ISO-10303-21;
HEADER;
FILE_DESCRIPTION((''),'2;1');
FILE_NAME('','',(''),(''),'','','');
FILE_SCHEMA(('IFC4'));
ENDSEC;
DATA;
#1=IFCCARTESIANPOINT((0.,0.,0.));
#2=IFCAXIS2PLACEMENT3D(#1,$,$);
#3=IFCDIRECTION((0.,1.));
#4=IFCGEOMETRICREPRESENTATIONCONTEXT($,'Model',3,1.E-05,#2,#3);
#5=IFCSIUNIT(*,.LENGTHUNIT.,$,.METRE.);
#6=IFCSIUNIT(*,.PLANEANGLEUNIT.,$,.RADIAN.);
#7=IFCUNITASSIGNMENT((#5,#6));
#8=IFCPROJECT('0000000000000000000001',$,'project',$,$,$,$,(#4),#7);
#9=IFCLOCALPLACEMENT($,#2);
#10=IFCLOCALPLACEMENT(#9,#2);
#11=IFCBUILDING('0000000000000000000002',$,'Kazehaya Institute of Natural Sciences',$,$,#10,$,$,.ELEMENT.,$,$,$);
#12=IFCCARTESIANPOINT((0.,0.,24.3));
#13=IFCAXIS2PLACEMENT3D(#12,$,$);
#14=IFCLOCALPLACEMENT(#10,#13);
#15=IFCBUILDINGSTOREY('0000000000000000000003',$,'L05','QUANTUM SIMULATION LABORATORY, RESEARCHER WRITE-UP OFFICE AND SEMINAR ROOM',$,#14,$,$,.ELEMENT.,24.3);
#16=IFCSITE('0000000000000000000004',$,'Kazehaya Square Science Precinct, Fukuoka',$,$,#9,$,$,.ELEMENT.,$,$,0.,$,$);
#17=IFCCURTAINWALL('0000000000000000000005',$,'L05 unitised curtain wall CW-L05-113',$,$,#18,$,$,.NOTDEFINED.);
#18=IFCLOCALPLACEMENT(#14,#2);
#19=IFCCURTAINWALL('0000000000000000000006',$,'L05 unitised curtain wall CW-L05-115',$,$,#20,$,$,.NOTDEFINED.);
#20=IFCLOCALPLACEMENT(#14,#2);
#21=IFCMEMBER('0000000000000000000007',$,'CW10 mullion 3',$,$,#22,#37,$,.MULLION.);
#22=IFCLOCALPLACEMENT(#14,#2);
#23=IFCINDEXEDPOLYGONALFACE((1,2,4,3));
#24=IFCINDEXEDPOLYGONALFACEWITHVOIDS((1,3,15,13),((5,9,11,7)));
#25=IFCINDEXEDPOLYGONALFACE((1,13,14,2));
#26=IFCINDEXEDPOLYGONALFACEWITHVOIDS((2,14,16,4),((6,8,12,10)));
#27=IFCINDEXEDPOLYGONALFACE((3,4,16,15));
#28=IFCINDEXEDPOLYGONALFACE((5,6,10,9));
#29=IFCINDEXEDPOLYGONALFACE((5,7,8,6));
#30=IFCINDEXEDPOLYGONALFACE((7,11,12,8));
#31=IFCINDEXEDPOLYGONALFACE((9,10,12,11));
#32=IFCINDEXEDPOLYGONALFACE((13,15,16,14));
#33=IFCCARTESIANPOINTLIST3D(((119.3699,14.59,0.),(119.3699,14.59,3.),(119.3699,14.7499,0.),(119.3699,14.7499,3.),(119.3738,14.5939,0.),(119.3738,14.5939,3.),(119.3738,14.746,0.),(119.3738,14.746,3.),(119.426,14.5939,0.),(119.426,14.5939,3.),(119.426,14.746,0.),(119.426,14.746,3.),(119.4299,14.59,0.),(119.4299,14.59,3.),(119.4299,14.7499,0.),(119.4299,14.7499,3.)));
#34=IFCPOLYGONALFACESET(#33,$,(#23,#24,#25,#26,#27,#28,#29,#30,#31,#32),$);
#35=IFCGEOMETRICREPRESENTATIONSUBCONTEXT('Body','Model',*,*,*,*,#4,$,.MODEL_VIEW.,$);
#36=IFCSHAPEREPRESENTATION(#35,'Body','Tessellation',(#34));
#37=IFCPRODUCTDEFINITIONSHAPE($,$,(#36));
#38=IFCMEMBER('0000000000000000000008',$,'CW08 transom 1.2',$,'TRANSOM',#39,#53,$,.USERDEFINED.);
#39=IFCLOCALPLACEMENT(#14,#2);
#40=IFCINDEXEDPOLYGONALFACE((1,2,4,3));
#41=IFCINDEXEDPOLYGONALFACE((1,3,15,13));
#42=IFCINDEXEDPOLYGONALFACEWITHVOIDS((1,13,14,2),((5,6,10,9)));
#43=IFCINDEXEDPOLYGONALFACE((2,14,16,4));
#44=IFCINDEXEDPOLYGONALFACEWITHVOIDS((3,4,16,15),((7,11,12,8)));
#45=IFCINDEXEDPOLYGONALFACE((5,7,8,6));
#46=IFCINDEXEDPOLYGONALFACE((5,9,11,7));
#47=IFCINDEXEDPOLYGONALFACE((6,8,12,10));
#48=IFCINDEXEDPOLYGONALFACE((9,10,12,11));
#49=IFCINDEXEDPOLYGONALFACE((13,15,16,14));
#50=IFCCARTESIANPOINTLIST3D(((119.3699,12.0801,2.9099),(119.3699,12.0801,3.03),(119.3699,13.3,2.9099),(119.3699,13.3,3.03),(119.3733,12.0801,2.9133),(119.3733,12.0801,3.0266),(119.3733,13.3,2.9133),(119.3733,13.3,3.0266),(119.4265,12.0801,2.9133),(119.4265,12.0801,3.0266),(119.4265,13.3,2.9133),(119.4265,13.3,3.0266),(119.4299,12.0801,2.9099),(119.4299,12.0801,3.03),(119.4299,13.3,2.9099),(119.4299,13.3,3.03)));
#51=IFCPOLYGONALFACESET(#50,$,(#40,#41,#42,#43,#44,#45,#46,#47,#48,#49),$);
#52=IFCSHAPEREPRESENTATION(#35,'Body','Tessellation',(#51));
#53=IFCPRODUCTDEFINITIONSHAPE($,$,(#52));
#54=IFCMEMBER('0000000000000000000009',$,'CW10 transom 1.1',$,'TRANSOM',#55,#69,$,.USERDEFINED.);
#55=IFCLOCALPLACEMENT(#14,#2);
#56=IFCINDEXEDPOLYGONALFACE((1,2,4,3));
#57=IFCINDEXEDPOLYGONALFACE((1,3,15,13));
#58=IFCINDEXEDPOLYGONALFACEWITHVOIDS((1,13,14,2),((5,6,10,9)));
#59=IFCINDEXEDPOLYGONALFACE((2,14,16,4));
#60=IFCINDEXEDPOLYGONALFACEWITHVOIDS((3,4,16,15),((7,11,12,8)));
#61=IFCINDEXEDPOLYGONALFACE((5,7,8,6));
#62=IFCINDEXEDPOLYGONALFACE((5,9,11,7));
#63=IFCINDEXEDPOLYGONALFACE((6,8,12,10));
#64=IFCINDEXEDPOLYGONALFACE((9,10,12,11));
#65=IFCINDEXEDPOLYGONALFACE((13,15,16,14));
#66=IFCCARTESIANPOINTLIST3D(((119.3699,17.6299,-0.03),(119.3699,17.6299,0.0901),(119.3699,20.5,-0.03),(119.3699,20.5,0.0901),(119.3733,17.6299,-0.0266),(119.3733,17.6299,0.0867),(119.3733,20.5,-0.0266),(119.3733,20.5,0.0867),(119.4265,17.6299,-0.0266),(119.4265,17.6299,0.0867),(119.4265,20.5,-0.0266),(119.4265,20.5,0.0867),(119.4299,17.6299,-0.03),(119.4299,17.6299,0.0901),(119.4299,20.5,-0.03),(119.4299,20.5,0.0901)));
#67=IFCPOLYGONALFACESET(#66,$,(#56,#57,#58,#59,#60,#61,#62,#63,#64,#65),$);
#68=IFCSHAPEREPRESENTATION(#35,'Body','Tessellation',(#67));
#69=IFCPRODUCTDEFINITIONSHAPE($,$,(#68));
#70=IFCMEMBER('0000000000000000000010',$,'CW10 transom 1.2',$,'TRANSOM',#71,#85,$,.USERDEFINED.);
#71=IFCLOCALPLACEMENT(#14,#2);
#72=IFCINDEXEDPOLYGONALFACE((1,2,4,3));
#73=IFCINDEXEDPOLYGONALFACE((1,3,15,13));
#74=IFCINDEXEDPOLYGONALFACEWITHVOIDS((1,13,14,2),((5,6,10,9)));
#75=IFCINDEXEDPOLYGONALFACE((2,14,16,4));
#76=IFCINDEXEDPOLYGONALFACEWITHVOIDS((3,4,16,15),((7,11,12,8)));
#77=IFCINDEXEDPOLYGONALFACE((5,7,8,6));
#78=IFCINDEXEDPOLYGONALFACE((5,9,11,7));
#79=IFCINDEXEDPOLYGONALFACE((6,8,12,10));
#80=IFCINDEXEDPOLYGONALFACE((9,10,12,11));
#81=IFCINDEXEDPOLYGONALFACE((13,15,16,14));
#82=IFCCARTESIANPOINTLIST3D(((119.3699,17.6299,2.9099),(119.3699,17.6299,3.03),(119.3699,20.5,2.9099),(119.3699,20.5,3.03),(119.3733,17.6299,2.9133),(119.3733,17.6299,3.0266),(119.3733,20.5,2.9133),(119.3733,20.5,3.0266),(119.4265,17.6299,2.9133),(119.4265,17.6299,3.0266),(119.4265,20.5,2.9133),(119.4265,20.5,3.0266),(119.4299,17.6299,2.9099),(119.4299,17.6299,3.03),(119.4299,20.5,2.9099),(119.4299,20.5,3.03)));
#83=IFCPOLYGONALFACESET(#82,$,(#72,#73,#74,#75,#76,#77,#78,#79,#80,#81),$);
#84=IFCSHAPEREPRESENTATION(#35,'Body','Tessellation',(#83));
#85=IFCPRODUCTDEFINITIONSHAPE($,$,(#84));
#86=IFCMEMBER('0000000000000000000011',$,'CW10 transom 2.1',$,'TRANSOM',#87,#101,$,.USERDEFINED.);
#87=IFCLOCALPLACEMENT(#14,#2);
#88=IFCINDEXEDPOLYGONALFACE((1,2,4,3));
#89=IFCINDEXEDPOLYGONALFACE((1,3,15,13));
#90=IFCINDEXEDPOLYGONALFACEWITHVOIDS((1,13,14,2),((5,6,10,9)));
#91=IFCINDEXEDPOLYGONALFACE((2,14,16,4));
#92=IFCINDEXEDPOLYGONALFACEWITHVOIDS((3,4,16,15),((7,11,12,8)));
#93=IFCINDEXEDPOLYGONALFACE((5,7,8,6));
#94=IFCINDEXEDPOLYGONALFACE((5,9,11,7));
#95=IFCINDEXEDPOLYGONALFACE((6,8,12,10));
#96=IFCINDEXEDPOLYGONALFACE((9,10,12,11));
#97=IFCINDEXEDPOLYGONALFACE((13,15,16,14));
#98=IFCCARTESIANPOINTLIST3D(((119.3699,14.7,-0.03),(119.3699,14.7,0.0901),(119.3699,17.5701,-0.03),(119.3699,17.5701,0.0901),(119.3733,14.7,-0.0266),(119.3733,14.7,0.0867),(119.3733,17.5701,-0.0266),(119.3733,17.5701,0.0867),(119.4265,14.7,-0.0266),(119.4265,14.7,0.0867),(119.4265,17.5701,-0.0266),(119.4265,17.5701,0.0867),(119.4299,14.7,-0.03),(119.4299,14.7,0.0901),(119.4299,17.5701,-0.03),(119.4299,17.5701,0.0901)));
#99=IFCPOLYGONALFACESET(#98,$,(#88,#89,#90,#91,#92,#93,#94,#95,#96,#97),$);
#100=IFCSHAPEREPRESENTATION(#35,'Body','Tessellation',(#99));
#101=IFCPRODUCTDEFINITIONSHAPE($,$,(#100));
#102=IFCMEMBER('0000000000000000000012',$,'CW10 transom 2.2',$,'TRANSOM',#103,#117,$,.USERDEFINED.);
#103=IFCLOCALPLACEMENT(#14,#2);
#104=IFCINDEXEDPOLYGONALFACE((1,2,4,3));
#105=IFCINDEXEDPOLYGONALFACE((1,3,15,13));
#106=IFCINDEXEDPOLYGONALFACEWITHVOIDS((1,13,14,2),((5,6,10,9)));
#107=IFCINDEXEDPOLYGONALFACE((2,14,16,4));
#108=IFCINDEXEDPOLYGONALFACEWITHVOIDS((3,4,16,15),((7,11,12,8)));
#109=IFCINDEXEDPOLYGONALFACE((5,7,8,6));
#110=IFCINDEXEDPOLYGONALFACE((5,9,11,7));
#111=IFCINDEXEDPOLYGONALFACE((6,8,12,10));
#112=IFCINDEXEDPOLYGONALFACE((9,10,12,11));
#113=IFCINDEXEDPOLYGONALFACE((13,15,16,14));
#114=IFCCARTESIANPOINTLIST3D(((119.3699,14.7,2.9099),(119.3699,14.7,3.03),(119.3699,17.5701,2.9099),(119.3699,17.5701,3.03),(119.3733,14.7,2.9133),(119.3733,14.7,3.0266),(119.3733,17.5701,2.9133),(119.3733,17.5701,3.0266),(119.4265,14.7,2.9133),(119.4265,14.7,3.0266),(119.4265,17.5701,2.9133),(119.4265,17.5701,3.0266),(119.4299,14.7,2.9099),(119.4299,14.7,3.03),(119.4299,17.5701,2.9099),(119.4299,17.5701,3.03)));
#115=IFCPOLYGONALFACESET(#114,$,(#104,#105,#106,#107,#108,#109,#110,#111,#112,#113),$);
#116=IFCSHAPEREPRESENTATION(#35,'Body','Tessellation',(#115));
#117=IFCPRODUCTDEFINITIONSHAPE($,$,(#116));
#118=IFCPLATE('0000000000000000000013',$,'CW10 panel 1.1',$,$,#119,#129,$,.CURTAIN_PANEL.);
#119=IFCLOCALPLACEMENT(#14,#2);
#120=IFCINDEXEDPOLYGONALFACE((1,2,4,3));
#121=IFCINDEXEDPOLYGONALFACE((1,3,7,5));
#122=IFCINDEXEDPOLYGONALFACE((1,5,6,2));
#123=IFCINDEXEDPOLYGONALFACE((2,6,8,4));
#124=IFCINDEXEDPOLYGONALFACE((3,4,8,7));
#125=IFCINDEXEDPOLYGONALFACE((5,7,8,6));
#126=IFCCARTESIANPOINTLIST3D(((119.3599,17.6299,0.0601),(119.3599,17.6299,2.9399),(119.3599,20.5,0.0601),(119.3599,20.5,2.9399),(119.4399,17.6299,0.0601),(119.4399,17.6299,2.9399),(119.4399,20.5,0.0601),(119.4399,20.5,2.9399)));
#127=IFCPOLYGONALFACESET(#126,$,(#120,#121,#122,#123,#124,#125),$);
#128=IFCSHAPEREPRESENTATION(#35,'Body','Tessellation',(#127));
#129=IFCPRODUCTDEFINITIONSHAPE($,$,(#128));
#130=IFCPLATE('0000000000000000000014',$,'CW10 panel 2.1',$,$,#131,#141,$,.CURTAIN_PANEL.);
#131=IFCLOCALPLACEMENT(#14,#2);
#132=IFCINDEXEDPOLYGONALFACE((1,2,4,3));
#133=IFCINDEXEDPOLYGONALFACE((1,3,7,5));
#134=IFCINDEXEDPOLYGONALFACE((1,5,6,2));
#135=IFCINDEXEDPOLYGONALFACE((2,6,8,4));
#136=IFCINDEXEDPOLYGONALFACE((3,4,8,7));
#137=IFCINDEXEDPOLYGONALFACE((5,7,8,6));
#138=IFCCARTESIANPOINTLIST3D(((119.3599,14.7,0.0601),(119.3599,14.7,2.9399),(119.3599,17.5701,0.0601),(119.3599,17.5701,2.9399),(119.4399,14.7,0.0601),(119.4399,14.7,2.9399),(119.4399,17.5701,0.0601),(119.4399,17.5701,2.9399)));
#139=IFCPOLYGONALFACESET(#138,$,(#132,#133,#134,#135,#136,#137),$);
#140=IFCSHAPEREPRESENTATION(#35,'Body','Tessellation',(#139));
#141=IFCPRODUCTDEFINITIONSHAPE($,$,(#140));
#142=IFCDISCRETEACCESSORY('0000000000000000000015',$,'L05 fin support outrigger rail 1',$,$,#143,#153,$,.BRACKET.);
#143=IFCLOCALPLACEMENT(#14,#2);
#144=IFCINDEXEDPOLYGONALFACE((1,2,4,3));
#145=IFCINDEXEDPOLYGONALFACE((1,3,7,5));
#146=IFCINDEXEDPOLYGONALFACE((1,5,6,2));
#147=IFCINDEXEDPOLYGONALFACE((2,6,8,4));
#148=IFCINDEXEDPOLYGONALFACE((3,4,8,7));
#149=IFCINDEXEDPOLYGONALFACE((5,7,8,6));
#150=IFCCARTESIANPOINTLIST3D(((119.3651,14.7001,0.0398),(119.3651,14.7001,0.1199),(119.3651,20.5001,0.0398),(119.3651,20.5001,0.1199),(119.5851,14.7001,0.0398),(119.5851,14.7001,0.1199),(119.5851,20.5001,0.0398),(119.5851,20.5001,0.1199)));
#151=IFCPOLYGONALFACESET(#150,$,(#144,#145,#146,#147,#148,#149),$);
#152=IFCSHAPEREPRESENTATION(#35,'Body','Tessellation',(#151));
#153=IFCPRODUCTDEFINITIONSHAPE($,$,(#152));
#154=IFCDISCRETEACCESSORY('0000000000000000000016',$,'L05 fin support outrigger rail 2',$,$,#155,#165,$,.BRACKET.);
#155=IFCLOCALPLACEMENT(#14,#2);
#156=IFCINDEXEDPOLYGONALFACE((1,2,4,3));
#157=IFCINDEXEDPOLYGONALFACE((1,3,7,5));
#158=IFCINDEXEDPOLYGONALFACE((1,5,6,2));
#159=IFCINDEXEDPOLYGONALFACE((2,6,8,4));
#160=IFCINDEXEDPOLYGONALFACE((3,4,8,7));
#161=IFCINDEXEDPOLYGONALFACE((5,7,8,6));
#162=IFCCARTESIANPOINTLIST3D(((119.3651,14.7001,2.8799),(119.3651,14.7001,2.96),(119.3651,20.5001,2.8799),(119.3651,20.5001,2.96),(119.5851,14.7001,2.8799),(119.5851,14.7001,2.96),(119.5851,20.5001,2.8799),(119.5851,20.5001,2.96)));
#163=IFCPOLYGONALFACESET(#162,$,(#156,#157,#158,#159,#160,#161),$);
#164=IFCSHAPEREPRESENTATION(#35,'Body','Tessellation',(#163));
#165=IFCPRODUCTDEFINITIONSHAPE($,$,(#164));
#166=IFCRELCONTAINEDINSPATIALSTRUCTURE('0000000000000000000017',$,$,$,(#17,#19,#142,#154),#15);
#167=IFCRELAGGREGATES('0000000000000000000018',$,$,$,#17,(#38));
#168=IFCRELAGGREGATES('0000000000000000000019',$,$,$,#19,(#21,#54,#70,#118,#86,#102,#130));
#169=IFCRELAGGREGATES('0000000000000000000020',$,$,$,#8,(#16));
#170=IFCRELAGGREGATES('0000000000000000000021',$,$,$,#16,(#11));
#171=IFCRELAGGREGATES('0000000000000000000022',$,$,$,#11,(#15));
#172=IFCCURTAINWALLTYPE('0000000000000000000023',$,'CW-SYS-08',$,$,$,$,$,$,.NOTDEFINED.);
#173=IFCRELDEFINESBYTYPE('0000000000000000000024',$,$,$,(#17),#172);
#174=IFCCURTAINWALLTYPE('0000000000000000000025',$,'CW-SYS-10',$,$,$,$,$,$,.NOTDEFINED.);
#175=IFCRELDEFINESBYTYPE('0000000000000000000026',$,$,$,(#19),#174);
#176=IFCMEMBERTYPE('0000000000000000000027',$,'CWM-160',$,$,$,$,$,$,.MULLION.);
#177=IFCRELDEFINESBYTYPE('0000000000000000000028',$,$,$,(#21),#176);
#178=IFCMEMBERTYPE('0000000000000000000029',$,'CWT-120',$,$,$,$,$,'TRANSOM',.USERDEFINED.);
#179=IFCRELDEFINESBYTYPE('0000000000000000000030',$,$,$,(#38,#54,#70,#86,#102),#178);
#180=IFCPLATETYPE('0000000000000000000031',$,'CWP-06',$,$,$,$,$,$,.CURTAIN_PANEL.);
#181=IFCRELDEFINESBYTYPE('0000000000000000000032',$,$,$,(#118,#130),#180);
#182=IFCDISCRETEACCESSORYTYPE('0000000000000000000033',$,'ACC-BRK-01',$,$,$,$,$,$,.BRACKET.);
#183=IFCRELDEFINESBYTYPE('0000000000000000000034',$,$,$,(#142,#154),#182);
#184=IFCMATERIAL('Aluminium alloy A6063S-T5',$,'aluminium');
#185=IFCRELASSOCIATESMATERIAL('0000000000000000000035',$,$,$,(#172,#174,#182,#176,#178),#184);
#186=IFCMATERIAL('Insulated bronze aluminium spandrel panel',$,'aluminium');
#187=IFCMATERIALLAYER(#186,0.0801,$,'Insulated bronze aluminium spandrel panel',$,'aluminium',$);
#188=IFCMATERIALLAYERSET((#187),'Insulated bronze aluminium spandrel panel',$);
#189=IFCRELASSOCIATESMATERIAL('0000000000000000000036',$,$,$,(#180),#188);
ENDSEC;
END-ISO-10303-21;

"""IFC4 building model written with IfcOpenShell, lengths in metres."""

from ifc_helpers import new_model, si_unit, direction, frame, origin, origin_2d, place, context, subcontext, project, spatial, rectangle, hollow_rectangle, extrude, material, layer, layer_set, material_profile, profile_set, type_object, element, aggregate, save


model = new_model("IFC4")

# Units and contexts
model_context = context("Model", 3, precision=1e-05, world=origin(), true_north=direction((0.0, 1.0)))
body_context = subcontext(model_context, "Body", "Model", "MODEL_VIEW")
ifc_project = project(units=[si_unit("LENGTHUNIT", "METRE"), si_unit("PLANEANGLEUNIT", "RADIAN")], contexts=[model_context])

# Site, building, storey
site_placement = place(None, origin())
site = spatial("IfcSite", under=ifc_project, at=site_placement, Name="Kazehaya Square Science Precinct, Fukuoka", CompositionType="ELEMENT", RefElevation=0.0)
building_placement = place(site_placement, origin())
building = spatial("IfcBuilding", under=site, at=building_placement, Name="Kazehaya Institute of Natural Sciences", CompositionType="ELEMENT")
storey_placement = place(building_placement, frame((0.0, 0.0, 24.3)))
storey = spatial("IfcBuildingStorey", under=building, at=storey_placement, Name="L05", Description="QUANTUM SIMULATION LABORATORY, RESEARCHER WRITE-UP OFFICE AND SEMINAR ROOM", CompositionType="ELEMENT", Elevation=24.3)

# Curtain wall
ifc_material_1 = material(Name="Aluminium alloy A6063S-T5", Category="aluminium")
curtain_wall_type_1 = type_object("IfcCurtainWallType", Name="CW-SYS-08", PredefinedType="NOTDEFINED", material=ifc_material_1)
curtain_wall_1_placement = place(storey_placement, origin())
curtain_wall_1 = element("IfcCurtainWall", 1, at=curtain_wall_1_placement, inside=storey, type_object=curtain_wall_type_1, Name="L05 unitised curtain wall CW-L05-113", PredefinedType="NOTDEFINED")
ifc_material_profile_1 = material_profile(ifc_material_1, hollow_rectangle(XDim=0.0601, YDim=0.1599, WallThickness=0.0039, at=origin_2d()), Name="ALU-60x160x4")
ifc_profile_set_1 = profile_set([ifc_material_profile_1], Name="Aluminium alloy A6063S-T5")
member_type_1 = type_object("IfcMemberType", Name="CWM-160", PredefinedType="MULLION", material=ifc_profile_set_1)

# Curtain wall, member
curtain_wall_type_2 = type_object("IfcCurtainWallType", Name="CW-SYS-10", PredefinedType="NOTDEFINED", material=ifc_material_1)
curtain_wall_2_placement = place(storey_placement, origin())
curtain_wall_2 = element("IfcCurtainWall", 2, at=curtain_wall_2_placement, inside=storey, type_object=curtain_wall_type_2, Name="L05 unitised curtain wall CW-L05-115", PredefinedType="NOTDEFINED")
member_1_placement = place(storey_placement, frame((119.3999, 14.6699, 0.0), z_axis=(0.0, 0.0, 1.0), x_axis=(1.0, 0.0, 0.0)))
member_1 = element("IfcMember", 3, at=member_1_placement, type_object=member_type_1, Name="CW10 mullion 3", PredefinedType="MULLION", context=body_context, shape_type="SweptSolid", body=[
    extrude(hollow_rectangle(XDim=0.0601, YDim=0.1599, WallThickness=0.0039, at=origin_2d()), origin(), (0.0, 0.0, 1.0), 3.0),
])

# Members
ifc_material_profile_2 = material_profile(ifc_material_1, hollow_rectangle(XDim=0.0601, YDim=0.1201, WallThickness=0.0034, at=origin_2d()), Name="ALU-60x120x3.5")
ifc_profile_set_2 = profile_set([ifc_material_profile_2], Name="Aluminium alloy A6063S-T5")
member_type_2 = type_object("IfcMemberType", Name="CWT-120", ElementType="TRANSOM", PredefinedType="USERDEFINED", material=ifc_profile_set_2)
member_2_placement = place(storey_placement, frame((119.3999, 13.3, 2.97), z_axis=(0.0, -1.0, 0.0), x_axis=(1.0, 0.0, 0.0)))
member_2 = element("IfcMember", 4, at=member_2_placement, type_object=member_type_2, Name="CW08 transom 1.2", ObjectType="TRANSOM", PredefinedType="USERDEFINED", context=body_context, shape_type="SweptSolid", body=[
    extrude(hollow_rectangle(XDim=0.0601, YDim=0.1201, WallThickness=0.0034, at=origin_2d()), origin(), (0.0, 0.0, 1.0), 1.22),
])
aggregate(curtain_wall_1, [member_2])
member_3_placement = place(storey_placement, frame((119.3999, 20.5, 0.03), z_axis=(0.0, -1.0, 0.0), x_axis=(1.0, 0.0, 0.0)))
member_3 = element("IfcMember", 5, at=member_3_placement, type_object=member_type_2, Name="CW10 transom 1.1", ObjectType="TRANSOM", PredefinedType="USERDEFINED", context=body_context, shape_type="SweptSolid", body=[
    extrude(hollow_rectangle(XDim=0.0601, YDim=0.1201, WallThickness=0.0034, at=origin_2d()), origin(), (0.0, 0.0, 1.0), 2.8701),
])
member_4_placement = place(storey_placement, frame((119.3999, 20.5, 2.97), z_axis=(0.0, -1.0, 0.0), x_axis=(1.0, 0.0, 0.0)))
member_4 = element("IfcMember", 6, at=member_4_placement, type_object=member_type_2, Name="CW10 transom 1.2", ObjectType="TRANSOM", PredefinedType="USERDEFINED", context=body_context, shape_type="SweptSolid", body=[
    extrude(hollow_rectangle(XDim=0.0601, YDim=0.1201, WallThickness=0.0034, at=origin_2d()), origin(), (0.0, 0.0, 1.0), 2.8701),
])
member_5_placement = place(storey_placement, frame((119.3999, 17.5701, 0.03), z_axis=(0.0, -1.0, 0.0), x_axis=(1.0, 0.0, 0.0)))
member_5 = element("IfcMember", 7, at=member_5_placement, type_object=member_type_2, Name="CW10 transom 2.1", ObjectType="TRANSOM", PredefinedType="USERDEFINED", context=body_context, shape_type="SweptSolid", body=[
    extrude(hollow_rectangle(XDim=0.0601, YDim=0.1201, WallThickness=0.0034, at=origin_2d()), origin(), (0.0, 0.0, 1.0), 2.8701),
])
member_6_placement = place(storey_placement, frame((119.3999, 17.5701, 2.97), z_axis=(0.0, -1.0, 0.0), x_axis=(1.0, 0.0, 0.0)))
member_6 = element("IfcMember", 8, at=member_6_placement, type_object=member_type_2, Name="CW10 transom 2.2", ObjectType="TRANSOM", PredefinedType="USERDEFINED", context=body_context, shape_type="SweptSolid", body=[
    extrude(hollow_rectangle(XDim=0.0601, YDim=0.1201, WallThickness=0.0034, at=origin_2d()), origin(), (0.0, 0.0, 1.0), 2.8701),
])

# Plates
ifc_material_2 = material(Name="Insulated bronze aluminium spandrel panel", Category="aluminium")
ifc_layer = layer(ifc_material_2, 0.0801, Name="Insulated bronze aluminium spandrel panel", Category="aluminium")
ifc_layer_set = layer_set([ifc_layer], Name="Insulated bronze aluminium spandrel panel")
plate_type = type_object("IfcPlateType", Name="CWP-06", PredefinedType="CURTAIN_PANEL", material=ifc_layer_set)
plate_1_placement = place(storey_placement, frame((119.3999, 19.0649, 0.0601), z_axis=(0.0, 0.0, 1.0), x_axis=(0.0, -1.0, 0.0)))
plate_1 = element("IfcPlate", 9, at=plate_1_placement, type_object=plate_type, Name="CW10 panel 1.1", PredefinedType="CURTAIN_PANEL", context=body_context, shape_type="SweptSolid", body=[
    extrude(rectangle(XDim=2.8701, YDim=0.0801, at=origin_2d()), origin(), (0.0, 0.0, 1.0), 2.8799),
])
plate_2_placement = place(storey_placement, frame((119.3999, 16.135, 0.0601), z_axis=(0.0, 0.0, 1.0), x_axis=(0.0, -1.0, 0.0)))
plate_2 = element("IfcPlate", 10, at=plate_2_placement, type_object=plate_type, Name="CW10 panel 2.1", PredefinedType="CURTAIN_PANEL", context=body_context, shape_type="SweptSolid", body=[
    extrude(rectangle(XDim=2.8701, YDim=0.0801, at=origin_2d()), origin(), (0.0, 0.0, 1.0), 2.8799),
])
aggregate(curtain_wall_2, [member_1, member_3, member_4, plate_1, member_5, member_6, plate_2])

# Discrete accessories
discrete_accessory_type = type_object("IfcDiscreteAccessoryType", Name="ACC-BRK-01", PredefinedType="BRACKET", material=ifc_material_1)
for number, where, z_axis, x_axis, name in (
    (11, (119.4751, 17.6001, 0.0398), (0.0, 0.0, 1.0), (0.0, -1.0, 0.0), "L05 fin support outrigger rail 1"),
    (12, (119.4751, 17.6001, 2.8799), (0.0, 0.0, 1.0), (0.0, -1.0, 0.0), "L05 fin support outrigger rail 2"),
):
    element("IfcDiscreteAccessory", number, at=place(storey_placement, frame(where, z_axis=z_axis, x_axis=x_axis)), inside=storey, type_object=discrete_accessory_type, Name=name, PredefinedType="BRACKET", context=body_context, shape_type="SweptSolid", body=[
        extrude(rectangle(XDim=5.8, YDim=0.22, at=origin_2d()), origin(), (0.0, 0.0, 1.0), 0.0801),
    ])

save(model, "model.ifc")
